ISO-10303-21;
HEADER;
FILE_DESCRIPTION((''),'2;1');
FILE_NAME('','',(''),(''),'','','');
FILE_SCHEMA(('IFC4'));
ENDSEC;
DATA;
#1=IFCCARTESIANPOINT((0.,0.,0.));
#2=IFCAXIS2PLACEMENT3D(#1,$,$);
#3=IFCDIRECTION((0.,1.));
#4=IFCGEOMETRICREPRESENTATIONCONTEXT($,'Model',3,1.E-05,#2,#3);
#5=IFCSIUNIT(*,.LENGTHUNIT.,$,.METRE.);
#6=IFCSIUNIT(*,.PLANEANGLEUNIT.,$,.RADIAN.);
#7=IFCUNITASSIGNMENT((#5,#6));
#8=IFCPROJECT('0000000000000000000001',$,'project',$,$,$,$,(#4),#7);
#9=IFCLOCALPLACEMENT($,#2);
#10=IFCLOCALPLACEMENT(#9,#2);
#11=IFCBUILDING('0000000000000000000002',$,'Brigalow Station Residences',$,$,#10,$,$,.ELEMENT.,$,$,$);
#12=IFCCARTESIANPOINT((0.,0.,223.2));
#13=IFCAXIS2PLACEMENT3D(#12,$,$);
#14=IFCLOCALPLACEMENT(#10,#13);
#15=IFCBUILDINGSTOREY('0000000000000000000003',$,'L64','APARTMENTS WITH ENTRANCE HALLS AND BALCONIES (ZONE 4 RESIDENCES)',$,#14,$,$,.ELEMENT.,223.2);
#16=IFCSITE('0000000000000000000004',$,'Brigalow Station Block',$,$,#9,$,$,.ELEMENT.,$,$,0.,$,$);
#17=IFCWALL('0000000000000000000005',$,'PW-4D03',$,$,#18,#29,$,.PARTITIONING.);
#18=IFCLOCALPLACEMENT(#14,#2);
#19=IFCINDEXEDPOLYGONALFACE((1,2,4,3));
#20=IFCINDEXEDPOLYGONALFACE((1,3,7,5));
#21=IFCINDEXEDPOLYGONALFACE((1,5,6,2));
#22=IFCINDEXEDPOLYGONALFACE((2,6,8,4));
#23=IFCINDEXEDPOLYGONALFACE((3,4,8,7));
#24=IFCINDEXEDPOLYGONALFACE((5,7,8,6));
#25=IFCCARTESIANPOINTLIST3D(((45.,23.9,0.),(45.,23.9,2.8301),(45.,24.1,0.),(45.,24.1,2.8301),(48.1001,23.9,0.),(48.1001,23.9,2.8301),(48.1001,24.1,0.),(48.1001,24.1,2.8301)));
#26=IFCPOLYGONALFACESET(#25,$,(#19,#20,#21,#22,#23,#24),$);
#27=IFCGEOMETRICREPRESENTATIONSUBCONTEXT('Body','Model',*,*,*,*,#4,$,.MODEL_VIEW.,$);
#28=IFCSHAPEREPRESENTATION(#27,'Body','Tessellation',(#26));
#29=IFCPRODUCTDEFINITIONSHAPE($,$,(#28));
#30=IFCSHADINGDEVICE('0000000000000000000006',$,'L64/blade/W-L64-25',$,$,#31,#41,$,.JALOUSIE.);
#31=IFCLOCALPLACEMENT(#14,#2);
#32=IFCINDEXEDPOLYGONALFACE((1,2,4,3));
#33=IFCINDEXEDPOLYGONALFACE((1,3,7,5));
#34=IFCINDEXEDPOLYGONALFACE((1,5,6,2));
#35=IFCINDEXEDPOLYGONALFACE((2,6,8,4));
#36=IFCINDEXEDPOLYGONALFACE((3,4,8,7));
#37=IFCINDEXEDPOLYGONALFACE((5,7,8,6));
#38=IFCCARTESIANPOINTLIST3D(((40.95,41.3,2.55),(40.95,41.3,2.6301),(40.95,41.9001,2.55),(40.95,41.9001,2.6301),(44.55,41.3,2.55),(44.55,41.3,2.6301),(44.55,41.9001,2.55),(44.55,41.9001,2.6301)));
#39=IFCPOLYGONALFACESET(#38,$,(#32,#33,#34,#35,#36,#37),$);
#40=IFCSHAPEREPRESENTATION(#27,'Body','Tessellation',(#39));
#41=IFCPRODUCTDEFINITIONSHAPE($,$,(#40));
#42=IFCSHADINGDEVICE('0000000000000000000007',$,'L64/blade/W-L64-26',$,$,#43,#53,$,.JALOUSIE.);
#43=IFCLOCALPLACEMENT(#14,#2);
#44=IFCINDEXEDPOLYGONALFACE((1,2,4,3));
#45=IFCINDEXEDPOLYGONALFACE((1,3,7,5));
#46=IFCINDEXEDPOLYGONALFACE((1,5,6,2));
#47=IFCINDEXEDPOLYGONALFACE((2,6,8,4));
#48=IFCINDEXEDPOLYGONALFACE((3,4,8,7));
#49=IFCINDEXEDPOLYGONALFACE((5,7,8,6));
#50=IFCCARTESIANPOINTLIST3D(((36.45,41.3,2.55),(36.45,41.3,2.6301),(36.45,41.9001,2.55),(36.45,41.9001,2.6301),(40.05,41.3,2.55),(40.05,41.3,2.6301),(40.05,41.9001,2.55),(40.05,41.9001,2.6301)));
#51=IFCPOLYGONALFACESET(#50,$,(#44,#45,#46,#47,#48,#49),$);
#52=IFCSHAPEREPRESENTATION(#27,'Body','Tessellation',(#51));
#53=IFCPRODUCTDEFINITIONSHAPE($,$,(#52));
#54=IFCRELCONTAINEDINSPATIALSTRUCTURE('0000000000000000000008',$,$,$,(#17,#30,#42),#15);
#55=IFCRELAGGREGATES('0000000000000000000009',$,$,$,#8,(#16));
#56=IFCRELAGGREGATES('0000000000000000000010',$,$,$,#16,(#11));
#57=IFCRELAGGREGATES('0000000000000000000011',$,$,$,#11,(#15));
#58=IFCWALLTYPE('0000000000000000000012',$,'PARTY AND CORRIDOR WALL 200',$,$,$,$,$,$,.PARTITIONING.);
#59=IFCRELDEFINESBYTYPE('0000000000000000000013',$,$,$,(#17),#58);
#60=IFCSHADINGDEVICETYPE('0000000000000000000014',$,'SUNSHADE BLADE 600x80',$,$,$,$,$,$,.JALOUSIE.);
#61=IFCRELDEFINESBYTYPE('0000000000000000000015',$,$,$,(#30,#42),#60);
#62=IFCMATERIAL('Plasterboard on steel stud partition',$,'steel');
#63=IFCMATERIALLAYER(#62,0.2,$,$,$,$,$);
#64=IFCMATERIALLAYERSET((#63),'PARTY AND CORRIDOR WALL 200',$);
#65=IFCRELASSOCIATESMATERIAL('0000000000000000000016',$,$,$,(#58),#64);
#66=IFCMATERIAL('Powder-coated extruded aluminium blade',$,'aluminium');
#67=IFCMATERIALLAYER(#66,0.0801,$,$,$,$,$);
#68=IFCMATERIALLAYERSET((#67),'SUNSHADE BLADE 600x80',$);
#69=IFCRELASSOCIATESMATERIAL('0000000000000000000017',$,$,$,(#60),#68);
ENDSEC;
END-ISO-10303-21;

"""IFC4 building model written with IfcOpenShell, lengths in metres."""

from ifc_helpers import new_model, si_unit, direction, frame, frame_2d, origin, origin_2d, place, context, subcontext, project, spatial, rectangle, extrude, material, layer, layer_set, type_object, element, save


model = new_model("IFC4")

# Units and contexts
model_context = context("Model", 3, precision=1e-05, world=origin(), true_north=direction((0.0, 1.0)))
body_context = subcontext(model_context, "Body", "Model", "MODEL_VIEW")
ifc_project = project(units=[si_unit("LENGTHUNIT", "METRE"), si_unit("PLANEANGLEUNIT", "RADIAN")], contexts=[model_context])

# Site, building, storey
site_placement = place(None, origin())
site = spatial("IfcSite", under=ifc_project, at=site_placement, Name="Brigalow Station Block", CompositionType="ELEMENT", RefElevation=0.0)
building_placement = place(site_placement, origin())
building = spatial("IfcBuilding", under=site, at=building_placement, Name="Brigalow Station Residences", CompositionType="ELEMENT")
storey_placement = place(building_placement, frame((0.0, 0.0, 223.2)))
storey = spatial("IfcBuildingStorey", under=building, at=storey_placement, Name="L64", Description="APARTMENTS WITH ENTRANCE HALLS AND BALCONIES (ZONE 4 RESIDENCES)", CompositionType="ELEMENT", Elevation=223.2)

# Wall
ifc_material_1 = material(Name="Plasterboard on steel stud partition", Category="steel")
ifc_layer_1 = layer(ifc_material_1, 0.2)
ifc_layer_set_1 = layer_set([ifc_layer_1], Name="PARTY AND CORRIDOR WALL 200")
wall_type_1 = type_object("IfcWallType", Name="PARTY AND CORRIDOR WALL 200", PredefinedType="PARTITIONING", material=ifc_layer_set_1)
wall_1_placement = place(storey_placement, frame((45.0, 24.0, 0.0), z_axis=(0.0, 0.0, 1.0), x_axis=(1.0, 0.0, 0.0)))
element("IfcWall", 1, at=wall_1_placement, inside=storey, type_object=wall_type_1, Name="PW-4D03", PredefinedType="PARTITIONING", context=body_context, shape_type="SweptSolid", body=[
    extrude(rectangle(XDim=3.1001, YDim=0.2, at=frame_2d((1.55, 0.0))), origin(), (0.0, 0.0, 1.0), 2.8301),
])

# Shading devices
ifc_material_2 = material(Name="Powder-coated extruded aluminium blade", Category="aluminium")
ifc_layer_2 = layer(ifc_material_2, 0.0801)
ifc_layer_set_2 = layer_set([ifc_layer_2], Name="SUNSHADE BLADE 600x80")
shading_device_type = type_object("IfcShadingDeviceType", Name="SUNSHADE BLADE 600x80", PredefinedType="JALOUSIE", material=ifc_layer_set_2)
for number, where, z_axis, x_axis, name in (
    (2, (42.75, 41.6001, 2.55), (0.0, 0.0, 1.0), (-1.0, 0.0, 0.0), "L64/blade/W-L64-25"),
    (3, (38.25, 41.6001, 2.55), (0.0, 0.0, 1.0), (-1.0, 0.0, 0.0), "L64/blade/W-L64-26"),
):
    element("IfcShadingDevice", number, at=place(storey_placement, frame(where, z_axis=z_axis, x_axis=x_axis)), inside=storey, type_object=shading_device_type, Name=name, PredefinedType="JALOUSIE", context=body_context, shape_type="SweptSolid", body=[
        extrude(rectangle(XDim=3.6001, YDim=0.6001, at=origin_2d()), origin(), (0.0, 0.0, 1.0), 0.0801),
    ])

save(model, "model.ifc")
